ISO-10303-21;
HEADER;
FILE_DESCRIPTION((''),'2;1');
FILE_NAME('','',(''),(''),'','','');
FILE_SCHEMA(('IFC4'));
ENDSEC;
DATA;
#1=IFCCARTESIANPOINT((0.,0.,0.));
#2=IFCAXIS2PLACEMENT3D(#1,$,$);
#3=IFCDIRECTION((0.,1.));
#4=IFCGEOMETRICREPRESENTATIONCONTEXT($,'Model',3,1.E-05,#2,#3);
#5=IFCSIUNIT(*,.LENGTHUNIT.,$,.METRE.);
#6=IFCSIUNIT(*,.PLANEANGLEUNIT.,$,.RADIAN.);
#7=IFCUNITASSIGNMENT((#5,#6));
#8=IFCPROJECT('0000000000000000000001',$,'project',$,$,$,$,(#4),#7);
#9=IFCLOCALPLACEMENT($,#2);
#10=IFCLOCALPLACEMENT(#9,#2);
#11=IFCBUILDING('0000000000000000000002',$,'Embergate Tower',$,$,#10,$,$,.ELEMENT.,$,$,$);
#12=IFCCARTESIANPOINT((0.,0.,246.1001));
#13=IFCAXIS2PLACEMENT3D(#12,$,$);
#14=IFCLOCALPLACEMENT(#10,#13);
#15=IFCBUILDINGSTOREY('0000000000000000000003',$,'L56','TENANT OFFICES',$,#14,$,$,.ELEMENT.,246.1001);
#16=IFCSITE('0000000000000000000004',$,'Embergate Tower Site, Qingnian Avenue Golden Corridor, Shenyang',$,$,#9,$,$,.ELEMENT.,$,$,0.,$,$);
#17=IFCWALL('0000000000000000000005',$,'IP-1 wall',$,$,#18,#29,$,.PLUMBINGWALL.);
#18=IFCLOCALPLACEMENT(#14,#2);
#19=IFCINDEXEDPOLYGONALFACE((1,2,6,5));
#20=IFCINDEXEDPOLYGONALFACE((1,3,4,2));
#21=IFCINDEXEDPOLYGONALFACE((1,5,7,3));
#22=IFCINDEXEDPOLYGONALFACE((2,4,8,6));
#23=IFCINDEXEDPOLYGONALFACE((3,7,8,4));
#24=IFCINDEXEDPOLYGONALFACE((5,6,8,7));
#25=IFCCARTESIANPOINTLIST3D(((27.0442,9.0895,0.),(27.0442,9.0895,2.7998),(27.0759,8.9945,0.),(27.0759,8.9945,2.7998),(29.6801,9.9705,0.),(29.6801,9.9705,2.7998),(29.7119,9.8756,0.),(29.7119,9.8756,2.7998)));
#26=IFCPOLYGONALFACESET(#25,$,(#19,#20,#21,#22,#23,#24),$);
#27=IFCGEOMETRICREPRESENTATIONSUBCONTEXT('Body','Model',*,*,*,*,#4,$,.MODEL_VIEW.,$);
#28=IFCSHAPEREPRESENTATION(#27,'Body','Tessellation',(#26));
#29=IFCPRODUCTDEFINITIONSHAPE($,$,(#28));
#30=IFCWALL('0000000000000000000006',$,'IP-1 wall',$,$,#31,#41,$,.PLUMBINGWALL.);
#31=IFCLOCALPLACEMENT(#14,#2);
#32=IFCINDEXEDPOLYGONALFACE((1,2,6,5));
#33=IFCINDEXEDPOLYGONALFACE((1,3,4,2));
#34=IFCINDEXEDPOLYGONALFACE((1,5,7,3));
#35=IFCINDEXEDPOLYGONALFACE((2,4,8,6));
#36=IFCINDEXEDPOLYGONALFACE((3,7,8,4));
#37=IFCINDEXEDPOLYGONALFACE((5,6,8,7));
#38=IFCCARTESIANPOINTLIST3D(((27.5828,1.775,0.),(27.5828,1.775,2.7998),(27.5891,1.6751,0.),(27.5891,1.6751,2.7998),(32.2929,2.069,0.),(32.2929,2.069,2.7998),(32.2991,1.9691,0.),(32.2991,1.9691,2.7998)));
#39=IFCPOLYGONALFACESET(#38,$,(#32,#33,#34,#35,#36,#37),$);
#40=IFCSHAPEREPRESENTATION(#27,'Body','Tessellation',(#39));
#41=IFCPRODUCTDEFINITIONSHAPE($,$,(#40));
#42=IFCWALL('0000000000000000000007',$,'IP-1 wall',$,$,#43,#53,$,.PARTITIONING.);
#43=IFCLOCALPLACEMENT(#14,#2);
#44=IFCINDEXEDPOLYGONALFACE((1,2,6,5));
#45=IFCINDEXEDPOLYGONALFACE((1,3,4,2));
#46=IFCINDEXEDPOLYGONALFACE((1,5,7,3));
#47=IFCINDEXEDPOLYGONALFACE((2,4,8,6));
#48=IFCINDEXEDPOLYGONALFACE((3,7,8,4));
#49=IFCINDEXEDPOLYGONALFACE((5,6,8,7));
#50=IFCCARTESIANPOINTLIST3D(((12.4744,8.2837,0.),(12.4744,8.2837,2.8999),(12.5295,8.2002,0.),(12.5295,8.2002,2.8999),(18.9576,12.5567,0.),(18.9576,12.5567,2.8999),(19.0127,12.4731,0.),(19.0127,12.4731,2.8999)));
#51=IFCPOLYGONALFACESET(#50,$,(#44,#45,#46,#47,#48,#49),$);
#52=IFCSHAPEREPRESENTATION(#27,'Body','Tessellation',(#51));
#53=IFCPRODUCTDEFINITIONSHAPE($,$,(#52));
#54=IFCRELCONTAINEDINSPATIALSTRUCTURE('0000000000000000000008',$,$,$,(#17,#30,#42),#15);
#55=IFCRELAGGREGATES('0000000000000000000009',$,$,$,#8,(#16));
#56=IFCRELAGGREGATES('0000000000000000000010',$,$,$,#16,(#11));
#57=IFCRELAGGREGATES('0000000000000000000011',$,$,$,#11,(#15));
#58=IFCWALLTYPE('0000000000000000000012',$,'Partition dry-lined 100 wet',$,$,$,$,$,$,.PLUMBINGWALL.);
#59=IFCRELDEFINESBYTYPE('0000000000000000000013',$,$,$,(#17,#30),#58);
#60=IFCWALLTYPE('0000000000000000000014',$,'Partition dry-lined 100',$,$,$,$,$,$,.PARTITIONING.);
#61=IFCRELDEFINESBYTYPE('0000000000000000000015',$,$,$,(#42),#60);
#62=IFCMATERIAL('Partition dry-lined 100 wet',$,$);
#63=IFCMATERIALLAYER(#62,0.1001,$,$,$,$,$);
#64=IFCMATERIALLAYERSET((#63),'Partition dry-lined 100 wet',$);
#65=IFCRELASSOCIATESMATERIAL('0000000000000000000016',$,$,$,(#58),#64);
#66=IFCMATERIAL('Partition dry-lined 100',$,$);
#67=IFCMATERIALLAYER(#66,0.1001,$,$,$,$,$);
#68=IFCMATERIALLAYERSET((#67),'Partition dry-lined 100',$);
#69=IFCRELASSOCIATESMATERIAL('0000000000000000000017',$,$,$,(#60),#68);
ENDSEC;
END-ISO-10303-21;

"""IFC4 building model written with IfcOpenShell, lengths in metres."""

from ifc_helpers import new_model, si_unit, direction, frame, frame_2d, origin, place, context, subcontext, project, spatial, rectangle, extrude, source, transform, mapped, material, layer, layer_set, type_object, element, save


model = new_model("IFC4")

# Units and contexts
model_context = context("Model", 3, precision=1e-05, world=origin(), true_north=direction((0.0, 1.0)))
body_context = subcontext(model_context, "Body", "Model", "MODEL_VIEW")
ifc_project = project(units=[si_unit("LENGTHUNIT", "METRE"), si_unit("PLANEANGLEUNIT", "RADIAN")], contexts=[model_context])

# Site, building, storey
site_placement = place(None, origin())
site = spatial("IfcSite", under=ifc_project, at=site_placement, Name="Embergate Tower Site, Qingnian Avenue Golden Corridor, Shenyang", CompositionType="ELEMENT", RefElevation=0.0)
building_placement = place(site_placement, origin())
building = spatial("IfcBuilding", under=site, at=building_placement, Name="Embergate Tower", CompositionType="ELEMENT")
storey_placement = place(building_placement, frame((0.0, 0.0, 246.1001)))
storey = spatial("IfcBuildingStorey", under=building, at=storey_placement, Name="L56", Description="TENANT OFFICES", CompositionType="ELEMENT", Elevation=246.1001)

# Walls
ifc_material_1 = material(Name="Partition dry-lined 100 wet")
ifc_layer_1 = layer(ifc_material_1, 0.1001)
ifc_layer_set_1 = layer_set([ifc_layer_1], Name="Partition dry-lined 100 wet")
wall_type_1 = type_object("IfcWallType", Name="Partition dry-lined 100 wet", PredefinedType="PLUMBINGWALL", material=ifc_layer_set_1)
shared_shape_1 = source(origin(), body_context, "Body", "SweptSolid", [
    extrude(rectangle(XDim=2.7793, YDim=0.1001, at=frame_2d((1.3896, 0.0))), origin(), (0.0, 0.0, 1.0), 2.7998),
])
wall_1_placement = place(storey_placement, frame((27.0601, 9.042, 0.0), z_axis=(0.0, 0.0, 1.0), x_axis=(0.948419, 0.317018, 0.0)))
element("IfcWall", 1, at=wall_1_placement, inside=storey, type_object=wall_type_1, Name="IP-1 wall", PredefinedType="PLUMBINGWALL", context=body_context, shape_type="MappedRepresentation", body=[
    mapped(shared_shape_1, transform((0.0, 0.0, 0.0))),
])
shared_shape_2 = source(origin(), body_context, "Body", "SweptSolid", [
    extrude(rectangle(XDim=4.7192, YDim=0.1001, at=frame_2d((2.3596, 0.0))), origin(), (0.0, 0.0, 1.0), 2.7998),
])
wall_2_placement = place(storey_placement, frame((27.5859, 1.7251, 0.0), z_axis=(0.0, 0.0, 1.0), x_axis=(0.998058, 0.062288, 0.0)))
element("IfcWall", 2, at=wall_2_placement, inside=storey, type_object=wall_type_1, Name="IP-1 wall", PredefinedType="PLUMBINGWALL", context=body_context, shape_type="MappedRepresentation", body=[
    mapped(shared_shape_2, transform((0.0, 0.0, 0.0))),
])
ifc_material_2 = material(Name="Partition dry-lined 100")
ifc_layer_2 = layer(ifc_material_2, 0.1001)
ifc_layer_set_2 = layer_set([ifc_layer_2], Name="Partition dry-lined 100")
wall_type_2 = type_object("IfcWallType", Name="Partition dry-lined 100", PredefinedType="PARTITIONING", material=ifc_layer_set_2)
shared_shape_3 = source(origin(), body_context, "Body", "SweptSolid", [
    extrude(rectangle(XDim=7.7646, YDim=0.1001, at=frame_2d((3.8823, 0.0))), origin(), (0.0, 0.0, 1.0), 2.8999),
])
wall_3_placement = place(storey_placement, frame((12.502, 8.2419, 0.0), z_axis=(0.0, 0.0, 1.0), x_axis=(0.834961, 0.55031, 0.0)))
element("IfcWall", 3, at=wall_3_placement, inside=storey, type_object=wall_type_2, Name="IP-1 wall", PredefinedType="PARTITIONING", context=body_context, shape_type="MappedRepresentation", body=[
    mapped(shared_shape_3, transform((0.0, 0.0, 0.0))),
])

save(model, "model.ifc")
